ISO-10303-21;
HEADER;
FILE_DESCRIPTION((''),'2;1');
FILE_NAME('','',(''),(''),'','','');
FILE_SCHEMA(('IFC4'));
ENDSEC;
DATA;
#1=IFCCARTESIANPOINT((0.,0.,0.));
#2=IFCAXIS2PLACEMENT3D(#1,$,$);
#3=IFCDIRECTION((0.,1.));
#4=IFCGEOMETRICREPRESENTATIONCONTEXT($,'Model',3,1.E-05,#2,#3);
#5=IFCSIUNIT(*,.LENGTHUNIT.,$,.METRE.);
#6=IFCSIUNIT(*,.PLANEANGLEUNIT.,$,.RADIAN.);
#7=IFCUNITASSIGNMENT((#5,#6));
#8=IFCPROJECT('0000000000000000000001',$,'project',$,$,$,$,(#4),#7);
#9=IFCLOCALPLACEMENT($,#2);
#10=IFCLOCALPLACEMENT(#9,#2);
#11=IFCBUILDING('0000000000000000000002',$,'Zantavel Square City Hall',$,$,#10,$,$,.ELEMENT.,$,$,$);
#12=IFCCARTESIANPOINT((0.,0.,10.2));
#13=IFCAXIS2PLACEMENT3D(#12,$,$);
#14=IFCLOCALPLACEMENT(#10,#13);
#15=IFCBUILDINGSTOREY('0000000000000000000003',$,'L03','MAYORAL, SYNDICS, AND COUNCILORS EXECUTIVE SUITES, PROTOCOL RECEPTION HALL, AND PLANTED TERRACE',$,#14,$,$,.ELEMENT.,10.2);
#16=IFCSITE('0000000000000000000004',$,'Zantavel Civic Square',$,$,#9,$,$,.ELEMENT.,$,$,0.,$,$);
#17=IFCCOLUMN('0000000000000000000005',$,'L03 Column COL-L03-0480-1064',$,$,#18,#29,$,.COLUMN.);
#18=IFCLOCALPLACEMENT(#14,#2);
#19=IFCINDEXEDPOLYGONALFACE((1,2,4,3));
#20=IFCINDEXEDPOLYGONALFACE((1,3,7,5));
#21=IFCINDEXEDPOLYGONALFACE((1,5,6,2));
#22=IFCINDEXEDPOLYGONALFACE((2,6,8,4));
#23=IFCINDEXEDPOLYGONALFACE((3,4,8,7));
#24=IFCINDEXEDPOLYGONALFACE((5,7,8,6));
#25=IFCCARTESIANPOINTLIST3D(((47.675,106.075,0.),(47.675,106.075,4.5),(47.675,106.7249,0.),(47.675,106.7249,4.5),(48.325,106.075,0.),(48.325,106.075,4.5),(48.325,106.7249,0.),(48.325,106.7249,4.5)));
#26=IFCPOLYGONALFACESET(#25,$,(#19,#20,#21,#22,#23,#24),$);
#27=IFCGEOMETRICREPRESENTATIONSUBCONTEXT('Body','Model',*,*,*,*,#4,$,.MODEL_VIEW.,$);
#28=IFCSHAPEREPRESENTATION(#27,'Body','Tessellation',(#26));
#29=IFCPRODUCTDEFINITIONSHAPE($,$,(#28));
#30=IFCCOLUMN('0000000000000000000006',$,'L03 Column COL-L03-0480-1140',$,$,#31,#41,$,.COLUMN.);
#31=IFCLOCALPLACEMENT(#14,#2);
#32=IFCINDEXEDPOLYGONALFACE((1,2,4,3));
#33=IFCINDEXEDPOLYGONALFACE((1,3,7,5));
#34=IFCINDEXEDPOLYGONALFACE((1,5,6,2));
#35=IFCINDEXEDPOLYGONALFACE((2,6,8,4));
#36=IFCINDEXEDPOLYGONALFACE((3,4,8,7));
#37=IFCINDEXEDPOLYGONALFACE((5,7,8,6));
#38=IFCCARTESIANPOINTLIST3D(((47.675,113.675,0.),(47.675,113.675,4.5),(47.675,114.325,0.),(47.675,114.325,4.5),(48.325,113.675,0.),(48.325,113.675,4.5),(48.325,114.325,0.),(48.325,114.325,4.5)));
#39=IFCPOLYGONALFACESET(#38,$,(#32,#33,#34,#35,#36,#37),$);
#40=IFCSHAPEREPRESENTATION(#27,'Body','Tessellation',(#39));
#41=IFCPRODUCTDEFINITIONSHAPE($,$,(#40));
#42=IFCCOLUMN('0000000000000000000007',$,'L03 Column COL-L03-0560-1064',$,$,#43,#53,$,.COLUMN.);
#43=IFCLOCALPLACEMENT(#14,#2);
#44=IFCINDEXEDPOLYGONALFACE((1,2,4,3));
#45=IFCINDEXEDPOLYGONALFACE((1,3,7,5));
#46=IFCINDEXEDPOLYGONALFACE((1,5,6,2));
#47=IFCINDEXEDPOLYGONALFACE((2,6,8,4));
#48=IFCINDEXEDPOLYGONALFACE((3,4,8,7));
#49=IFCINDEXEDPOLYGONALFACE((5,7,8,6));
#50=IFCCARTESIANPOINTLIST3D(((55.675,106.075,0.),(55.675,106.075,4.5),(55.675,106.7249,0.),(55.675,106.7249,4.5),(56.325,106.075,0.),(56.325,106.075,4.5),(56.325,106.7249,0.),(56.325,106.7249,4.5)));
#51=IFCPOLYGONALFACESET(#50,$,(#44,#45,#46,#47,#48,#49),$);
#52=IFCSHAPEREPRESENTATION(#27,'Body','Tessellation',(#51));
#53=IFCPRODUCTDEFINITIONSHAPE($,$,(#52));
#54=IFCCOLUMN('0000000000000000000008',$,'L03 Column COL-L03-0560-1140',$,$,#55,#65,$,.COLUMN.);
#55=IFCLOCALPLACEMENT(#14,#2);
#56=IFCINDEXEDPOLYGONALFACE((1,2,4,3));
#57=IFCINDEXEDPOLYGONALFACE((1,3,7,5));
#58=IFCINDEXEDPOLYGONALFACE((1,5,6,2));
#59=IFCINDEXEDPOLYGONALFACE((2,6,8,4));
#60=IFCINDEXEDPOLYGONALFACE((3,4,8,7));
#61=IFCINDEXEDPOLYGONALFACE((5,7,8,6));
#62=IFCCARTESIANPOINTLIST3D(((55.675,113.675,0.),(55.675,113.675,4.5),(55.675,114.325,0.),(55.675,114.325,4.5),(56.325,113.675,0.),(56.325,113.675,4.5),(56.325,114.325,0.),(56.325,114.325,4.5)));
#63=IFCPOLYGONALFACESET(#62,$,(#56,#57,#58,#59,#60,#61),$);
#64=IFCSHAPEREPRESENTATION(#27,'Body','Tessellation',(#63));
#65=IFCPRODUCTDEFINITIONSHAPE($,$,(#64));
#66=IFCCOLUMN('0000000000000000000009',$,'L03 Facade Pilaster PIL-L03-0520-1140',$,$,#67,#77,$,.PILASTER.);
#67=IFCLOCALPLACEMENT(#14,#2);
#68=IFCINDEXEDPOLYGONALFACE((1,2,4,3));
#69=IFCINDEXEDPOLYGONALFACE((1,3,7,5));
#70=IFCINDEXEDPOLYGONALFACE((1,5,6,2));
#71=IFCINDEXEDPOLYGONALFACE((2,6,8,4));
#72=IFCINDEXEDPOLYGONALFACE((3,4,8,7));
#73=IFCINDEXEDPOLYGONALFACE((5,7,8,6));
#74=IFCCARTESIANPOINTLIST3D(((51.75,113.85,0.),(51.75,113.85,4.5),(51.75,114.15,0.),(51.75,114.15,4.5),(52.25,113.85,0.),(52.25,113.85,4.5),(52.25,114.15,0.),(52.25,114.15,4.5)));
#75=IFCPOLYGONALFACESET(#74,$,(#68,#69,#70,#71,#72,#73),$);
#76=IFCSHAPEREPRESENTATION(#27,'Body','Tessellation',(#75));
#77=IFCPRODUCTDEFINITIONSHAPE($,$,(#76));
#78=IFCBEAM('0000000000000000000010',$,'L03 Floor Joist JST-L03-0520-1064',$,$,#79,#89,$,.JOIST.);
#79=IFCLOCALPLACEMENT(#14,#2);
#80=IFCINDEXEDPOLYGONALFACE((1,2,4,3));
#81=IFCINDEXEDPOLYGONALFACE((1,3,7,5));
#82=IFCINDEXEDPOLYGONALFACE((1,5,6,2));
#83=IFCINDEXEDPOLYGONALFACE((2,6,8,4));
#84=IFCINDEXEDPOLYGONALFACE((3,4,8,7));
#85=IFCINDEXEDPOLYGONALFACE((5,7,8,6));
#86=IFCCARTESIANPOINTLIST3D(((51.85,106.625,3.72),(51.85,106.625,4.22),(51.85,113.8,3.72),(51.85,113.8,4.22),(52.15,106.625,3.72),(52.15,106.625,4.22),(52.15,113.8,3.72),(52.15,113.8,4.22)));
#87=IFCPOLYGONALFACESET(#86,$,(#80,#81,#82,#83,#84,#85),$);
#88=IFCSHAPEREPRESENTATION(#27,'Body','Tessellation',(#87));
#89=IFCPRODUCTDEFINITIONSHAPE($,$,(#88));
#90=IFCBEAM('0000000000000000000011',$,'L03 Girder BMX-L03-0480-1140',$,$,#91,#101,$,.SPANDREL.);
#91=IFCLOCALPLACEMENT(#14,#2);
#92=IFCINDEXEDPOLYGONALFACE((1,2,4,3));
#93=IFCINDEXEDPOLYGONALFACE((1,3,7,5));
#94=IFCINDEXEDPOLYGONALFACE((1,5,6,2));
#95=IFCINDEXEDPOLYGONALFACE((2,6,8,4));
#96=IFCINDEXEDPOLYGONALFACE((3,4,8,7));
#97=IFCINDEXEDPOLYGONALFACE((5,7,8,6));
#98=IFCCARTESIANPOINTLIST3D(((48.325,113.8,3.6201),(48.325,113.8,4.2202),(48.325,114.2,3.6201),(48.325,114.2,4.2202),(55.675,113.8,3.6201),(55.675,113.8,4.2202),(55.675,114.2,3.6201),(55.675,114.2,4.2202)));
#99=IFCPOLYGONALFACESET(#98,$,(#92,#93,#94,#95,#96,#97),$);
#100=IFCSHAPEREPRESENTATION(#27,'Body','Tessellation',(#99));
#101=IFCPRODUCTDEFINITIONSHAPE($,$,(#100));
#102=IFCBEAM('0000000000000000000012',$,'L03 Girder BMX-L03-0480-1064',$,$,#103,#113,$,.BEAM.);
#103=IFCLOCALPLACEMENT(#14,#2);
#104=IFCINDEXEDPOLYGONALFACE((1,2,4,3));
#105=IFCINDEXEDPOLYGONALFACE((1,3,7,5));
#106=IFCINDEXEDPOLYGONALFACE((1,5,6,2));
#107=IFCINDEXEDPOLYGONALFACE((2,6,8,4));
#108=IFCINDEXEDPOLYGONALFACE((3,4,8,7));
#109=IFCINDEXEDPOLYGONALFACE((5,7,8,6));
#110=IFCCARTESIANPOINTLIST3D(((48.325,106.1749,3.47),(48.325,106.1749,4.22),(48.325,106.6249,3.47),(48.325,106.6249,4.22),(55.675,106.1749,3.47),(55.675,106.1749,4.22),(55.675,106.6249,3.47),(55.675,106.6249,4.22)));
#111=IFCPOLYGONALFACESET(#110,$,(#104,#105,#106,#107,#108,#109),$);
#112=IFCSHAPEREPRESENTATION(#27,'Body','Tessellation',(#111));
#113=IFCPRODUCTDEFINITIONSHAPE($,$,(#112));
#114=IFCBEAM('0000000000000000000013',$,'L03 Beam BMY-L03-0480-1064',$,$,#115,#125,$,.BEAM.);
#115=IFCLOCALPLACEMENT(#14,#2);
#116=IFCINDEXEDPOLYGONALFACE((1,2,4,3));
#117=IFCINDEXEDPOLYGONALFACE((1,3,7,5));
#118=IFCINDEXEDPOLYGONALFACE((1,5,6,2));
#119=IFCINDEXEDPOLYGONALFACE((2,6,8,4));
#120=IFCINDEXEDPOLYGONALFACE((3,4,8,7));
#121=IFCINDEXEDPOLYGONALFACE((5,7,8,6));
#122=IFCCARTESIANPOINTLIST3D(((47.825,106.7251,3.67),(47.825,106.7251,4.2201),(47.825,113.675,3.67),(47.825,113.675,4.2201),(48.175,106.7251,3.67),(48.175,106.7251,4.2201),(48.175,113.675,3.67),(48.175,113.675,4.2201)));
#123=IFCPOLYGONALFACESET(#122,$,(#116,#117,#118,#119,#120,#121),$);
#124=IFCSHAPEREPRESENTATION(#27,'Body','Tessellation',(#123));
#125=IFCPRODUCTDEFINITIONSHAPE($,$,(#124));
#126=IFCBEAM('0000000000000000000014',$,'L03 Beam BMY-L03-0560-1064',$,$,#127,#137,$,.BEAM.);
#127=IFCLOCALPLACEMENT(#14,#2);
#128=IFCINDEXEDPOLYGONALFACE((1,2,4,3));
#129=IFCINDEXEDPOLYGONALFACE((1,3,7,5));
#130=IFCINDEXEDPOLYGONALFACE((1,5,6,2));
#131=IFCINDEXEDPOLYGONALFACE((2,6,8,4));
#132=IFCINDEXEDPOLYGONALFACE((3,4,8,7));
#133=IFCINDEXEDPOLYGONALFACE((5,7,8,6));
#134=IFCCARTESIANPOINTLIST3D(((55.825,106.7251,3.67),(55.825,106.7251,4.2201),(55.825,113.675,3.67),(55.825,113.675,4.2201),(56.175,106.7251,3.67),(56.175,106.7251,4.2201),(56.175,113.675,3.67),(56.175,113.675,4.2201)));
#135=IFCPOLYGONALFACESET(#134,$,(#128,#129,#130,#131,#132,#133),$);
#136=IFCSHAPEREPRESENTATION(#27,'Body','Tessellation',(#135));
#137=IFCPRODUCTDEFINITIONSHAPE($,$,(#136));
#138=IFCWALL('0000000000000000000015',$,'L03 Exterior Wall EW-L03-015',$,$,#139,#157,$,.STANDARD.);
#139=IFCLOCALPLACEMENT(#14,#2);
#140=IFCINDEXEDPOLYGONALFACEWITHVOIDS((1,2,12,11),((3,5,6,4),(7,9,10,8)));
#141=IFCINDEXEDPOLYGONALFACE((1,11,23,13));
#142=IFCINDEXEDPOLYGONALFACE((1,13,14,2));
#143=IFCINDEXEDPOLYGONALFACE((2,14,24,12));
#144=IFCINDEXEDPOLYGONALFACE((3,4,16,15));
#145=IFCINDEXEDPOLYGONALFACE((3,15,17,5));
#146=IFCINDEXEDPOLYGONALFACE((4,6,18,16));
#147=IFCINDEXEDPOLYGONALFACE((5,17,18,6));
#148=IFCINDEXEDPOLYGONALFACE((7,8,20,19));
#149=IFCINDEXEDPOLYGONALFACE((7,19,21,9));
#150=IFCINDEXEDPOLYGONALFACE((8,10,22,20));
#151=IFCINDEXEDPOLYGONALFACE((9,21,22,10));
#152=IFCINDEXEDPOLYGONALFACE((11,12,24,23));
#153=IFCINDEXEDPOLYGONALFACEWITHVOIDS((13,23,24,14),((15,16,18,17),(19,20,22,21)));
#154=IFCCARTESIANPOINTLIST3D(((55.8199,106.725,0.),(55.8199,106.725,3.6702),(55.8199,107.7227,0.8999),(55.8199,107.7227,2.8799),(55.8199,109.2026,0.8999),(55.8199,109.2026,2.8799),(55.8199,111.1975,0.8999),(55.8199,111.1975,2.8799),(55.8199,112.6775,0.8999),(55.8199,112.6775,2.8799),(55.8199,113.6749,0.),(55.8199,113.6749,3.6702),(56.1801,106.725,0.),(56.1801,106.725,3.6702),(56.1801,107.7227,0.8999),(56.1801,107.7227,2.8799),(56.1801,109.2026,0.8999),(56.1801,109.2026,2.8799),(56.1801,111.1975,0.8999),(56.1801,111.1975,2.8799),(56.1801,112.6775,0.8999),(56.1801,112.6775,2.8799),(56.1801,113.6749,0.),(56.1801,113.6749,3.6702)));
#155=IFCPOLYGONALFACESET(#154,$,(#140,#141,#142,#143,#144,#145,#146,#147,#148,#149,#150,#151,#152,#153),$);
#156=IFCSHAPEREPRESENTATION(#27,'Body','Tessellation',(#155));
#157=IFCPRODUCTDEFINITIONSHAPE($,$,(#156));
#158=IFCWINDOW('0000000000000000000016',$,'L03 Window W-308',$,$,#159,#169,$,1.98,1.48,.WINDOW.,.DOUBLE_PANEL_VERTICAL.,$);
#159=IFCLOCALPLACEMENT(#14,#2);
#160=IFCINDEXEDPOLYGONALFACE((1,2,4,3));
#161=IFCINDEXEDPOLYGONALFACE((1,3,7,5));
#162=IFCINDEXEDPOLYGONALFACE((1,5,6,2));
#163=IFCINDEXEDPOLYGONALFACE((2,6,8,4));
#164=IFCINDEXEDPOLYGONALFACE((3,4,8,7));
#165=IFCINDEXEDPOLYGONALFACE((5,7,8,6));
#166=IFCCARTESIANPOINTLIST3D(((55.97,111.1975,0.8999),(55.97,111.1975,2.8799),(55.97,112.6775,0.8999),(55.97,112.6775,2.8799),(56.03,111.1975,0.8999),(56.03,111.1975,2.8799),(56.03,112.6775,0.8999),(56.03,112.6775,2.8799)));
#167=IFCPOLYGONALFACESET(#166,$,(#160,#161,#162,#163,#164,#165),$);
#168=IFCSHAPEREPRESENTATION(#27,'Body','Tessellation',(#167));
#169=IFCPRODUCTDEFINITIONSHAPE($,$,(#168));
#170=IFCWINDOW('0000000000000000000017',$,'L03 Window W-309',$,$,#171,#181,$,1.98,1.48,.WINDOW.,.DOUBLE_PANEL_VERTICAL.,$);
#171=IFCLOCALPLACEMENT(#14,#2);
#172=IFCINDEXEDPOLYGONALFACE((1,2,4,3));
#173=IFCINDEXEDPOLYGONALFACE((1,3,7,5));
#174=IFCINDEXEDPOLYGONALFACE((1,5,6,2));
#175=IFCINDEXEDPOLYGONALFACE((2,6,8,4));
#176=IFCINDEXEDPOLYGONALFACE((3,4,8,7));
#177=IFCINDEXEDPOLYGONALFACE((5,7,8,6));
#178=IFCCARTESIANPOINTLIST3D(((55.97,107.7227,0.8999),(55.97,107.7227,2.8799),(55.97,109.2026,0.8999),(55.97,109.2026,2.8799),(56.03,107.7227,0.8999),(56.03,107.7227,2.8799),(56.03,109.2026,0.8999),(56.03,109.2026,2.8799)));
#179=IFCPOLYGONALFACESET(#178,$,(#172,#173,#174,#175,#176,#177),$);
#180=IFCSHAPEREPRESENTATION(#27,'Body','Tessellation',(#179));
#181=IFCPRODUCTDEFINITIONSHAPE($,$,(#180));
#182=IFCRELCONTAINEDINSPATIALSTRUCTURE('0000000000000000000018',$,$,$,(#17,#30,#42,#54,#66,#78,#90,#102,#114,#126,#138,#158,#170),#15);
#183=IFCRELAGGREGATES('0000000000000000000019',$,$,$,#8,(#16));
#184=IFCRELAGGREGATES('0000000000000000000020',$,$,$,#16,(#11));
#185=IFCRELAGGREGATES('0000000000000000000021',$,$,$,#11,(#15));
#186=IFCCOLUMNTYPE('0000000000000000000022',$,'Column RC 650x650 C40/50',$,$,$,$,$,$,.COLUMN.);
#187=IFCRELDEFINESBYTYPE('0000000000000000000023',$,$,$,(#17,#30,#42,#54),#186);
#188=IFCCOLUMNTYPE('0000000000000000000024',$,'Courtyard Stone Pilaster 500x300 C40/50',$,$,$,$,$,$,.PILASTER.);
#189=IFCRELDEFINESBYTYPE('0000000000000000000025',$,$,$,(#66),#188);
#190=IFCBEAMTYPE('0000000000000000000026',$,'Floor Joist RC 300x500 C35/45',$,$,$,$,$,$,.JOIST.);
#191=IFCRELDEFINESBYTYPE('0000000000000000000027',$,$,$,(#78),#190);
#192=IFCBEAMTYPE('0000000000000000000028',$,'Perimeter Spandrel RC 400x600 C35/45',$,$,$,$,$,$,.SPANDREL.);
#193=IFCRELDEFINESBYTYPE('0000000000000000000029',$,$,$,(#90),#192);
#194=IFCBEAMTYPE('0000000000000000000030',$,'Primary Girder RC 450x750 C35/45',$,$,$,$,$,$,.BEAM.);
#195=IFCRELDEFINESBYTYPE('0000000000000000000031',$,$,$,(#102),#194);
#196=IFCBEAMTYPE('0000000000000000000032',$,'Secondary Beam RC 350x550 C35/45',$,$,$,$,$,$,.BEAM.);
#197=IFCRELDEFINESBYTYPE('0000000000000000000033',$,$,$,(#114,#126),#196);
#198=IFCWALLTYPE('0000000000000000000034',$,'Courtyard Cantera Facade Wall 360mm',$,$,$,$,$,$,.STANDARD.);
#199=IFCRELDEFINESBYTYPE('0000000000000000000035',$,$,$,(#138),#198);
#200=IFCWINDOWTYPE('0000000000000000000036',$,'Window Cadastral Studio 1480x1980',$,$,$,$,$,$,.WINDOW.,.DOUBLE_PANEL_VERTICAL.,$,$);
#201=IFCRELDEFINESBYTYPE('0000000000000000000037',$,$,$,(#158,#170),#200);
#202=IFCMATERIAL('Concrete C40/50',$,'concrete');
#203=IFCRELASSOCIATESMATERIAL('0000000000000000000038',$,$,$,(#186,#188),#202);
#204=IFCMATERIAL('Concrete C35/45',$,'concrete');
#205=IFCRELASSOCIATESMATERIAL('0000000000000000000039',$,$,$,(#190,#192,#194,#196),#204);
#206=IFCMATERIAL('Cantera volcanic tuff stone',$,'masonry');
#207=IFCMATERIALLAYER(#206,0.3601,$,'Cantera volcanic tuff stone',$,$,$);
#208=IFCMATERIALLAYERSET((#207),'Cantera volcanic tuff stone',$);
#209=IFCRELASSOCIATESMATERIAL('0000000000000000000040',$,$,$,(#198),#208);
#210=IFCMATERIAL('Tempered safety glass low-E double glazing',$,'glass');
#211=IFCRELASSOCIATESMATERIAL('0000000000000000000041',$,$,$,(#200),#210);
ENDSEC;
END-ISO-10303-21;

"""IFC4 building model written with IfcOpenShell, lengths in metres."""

from ifc_helpers import new_model, si_unit, direction, frame, frame_2d, origin, origin_2d, place, context, subcontext, project, spatial, rectangle, extrude, material, layer, layer_set, material_profile, profile_set, type_object, element, fill, save


model = new_model("IFC4")

# Units and contexts
model_context = context("Model", 3, precision=1e-05, world=origin(), true_north=direction((0.0, 1.0)))
body_context = subcontext(model_context, "Body", "Model", "MODEL_VIEW")
ifc_project = project(units=[si_unit("LENGTHUNIT", "METRE"), si_unit("PLANEANGLEUNIT", "RADIAN")], contexts=[model_context])

# Site, building, storey
site_placement = place(None, origin())
site = spatial("IfcSite", under=ifc_project, at=site_placement, Name="Zantavel Civic Square", CompositionType="ELEMENT", RefElevation=0.0)
building_placement = place(site_placement, origin())
building = spatial("IfcBuilding", under=site, at=building_placement, Name="Zantavel Square City Hall", CompositionType="ELEMENT")
storey_placement = place(building_placement, frame((0.0, 0.0, 10.2)))
storey = spatial("IfcBuildingStorey", under=building, at=storey_placement, Name="L03", Description="MAYORAL, SYNDICS, AND COUNCILORS EXECUTIVE SUITES, PROTOCOL RECEPTION HALL, AND PLANTED TERRACE", CompositionType="ELEMENT", Elevation=10.2)

# Columns
ifc_material_1 = material(Name="Concrete C40/50", Category="concrete")
ifc_material_profile_1 = material_profile(ifc_material_1, rectangle(XDim=0.6499, YDim=0.6499, at=origin_2d()), Name="RC 650x650")
ifc_profile_set_1 = profile_set([ifc_material_profile_1], Name="Concrete C40/50")
column_type_1 = type_object("IfcColumnType", Name="Column RC 650x650 C40/50", PredefinedType="COLUMN", material=ifc_profile_set_1)
for number, where, z_axis, x_axis, name in (
    (1, (48.0, 106.3999, 0.0), (0.0, 0.0, 1.0), (1.0, 0.0, 0.0), "L03 Column COL-L03-0480-1064"),
    (2, (48.0, 114.0, 0.0), (0.0, 0.0, 1.0), (1.0, 0.0, 0.0), "L03 Column COL-L03-0480-1140"),
    (3, (56.0, 106.3999, 0.0), (0.0, 0.0, 1.0), (1.0, 0.0, 0.0), "L03 Column COL-L03-0560-1064"),
    (4, (56.0, 114.0, 0.0), (0.0, 0.0, 1.0), (1.0, 0.0, 0.0), "L03 Column COL-L03-0560-1140"),
):
    element("IfcColumn", number, at=place(storey_placement, frame(where, z_axis=z_axis, x_axis=x_axis)), inside=storey, type_object=column_type_1, Name=name, PredefinedType="COLUMN", context=body_context, shape_type="SweptSolid", body=[
        extrude(rectangle(XDim=0.6499, YDim=0.6499, at=origin_2d()), origin(), (0.0, 0.0, 1.0), 4.5),
    ])
ifc_material_profile_2 = material_profile(ifc_material_1, rectangle(XDim=0.5, YDim=0.3, at=origin_2d()), Name="RC 500x300")
ifc_profile_set_2 = profile_set([ifc_material_profile_2], Name="Concrete C40/50")
column_type_2 = type_object("IfcColumnType", Name="Courtyard Stone Pilaster 500x300 C40/50", PredefinedType="PILASTER", material=ifc_profile_set_2)
column_placement = place(storey_placement, frame((52.0, 114.0, 0.0), z_axis=(0.0, 0.0, 1.0), x_axis=(1.0, 0.0, 0.0)))
element("IfcColumn", 5, at=column_placement, inside=storey, type_object=column_type_2, Name="L03 Facade Pilaster PIL-L03-0520-1140", PredefinedType="PILASTER", context=body_context, shape_type="SweptSolid", body=[
    extrude(rectangle(XDim=0.5, YDim=0.3, at=origin_2d()), origin(), (0.0, 0.0, 1.0), 4.5),
])

# Beams
ifc_material_2 = material(Name="Concrete C35/45", Category="concrete")
ifc_material_profile_3 = material_profile(ifc_material_2, rectangle(XDim=0.3, YDim=0.5, at=origin_2d()), Name="RC 300x500")
ifc_profile_set_3 = profile_set([ifc_material_profile_3], Name="Concrete C35/45")
beam_type_1 = type_object("IfcBeamType", Name="Floor Joist RC 300x500 C35/45", PredefinedType="JOIST", material=ifc_profile_set_3)
beam_1_placement = place(storey_placement, frame((52.0, 106.625, 3.97), z_axis=(0.0, 1.0, 0.0), x_axis=(-1.0, 0.0, 0.0)))
element("IfcBeam", 6, at=beam_1_placement, inside=storey, type_object=beam_type_1, Name="L03 Floor Joist JST-L03-0520-1064", PredefinedType="JOIST", context=body_context, shape_type="SweptSolid", body=[
    extrude(rectangle(XDim=0.3, YDim=0.5, at=origin_2d()), origin(), (0.0, 0.0, 1.0), 7.175),
])
ifc_material_profile_4 = material_profile(ifc_material_2, rectangle(XDim=0.3999, YDim=0.6001, at=origin_2d()), Name="RC 400x600")
ifc_profile_set_4 = profile_set([ifc_material_profile_4], Name="Concrete C35/45")
beam_type_2 = type_object("IfcBeamType", Name="Perimeter Spandrel RC 400x600 C35/45", PredefinedType="SPANDREL", material=ifc_profile_set_4)
beam_2_placement = place(storey_placement, frame((48.325, 114.0, 3.9202), z_axis=(1.0, 0.0, 0.0), x_axis=(0.0, 1.0, 0.0)))
element("IfcBeam", 7, at=beam_2_placement, inside=storey, type_object=beam_type_2, Name="L03 Girder BMX-L03-0480-1140", PredefinedType="SPANDREL", context=body_context, shape_type="SweptSolid", body=[
    extrude(rectangle(XDim=0.3999, YDim=0.6001, at=origin_2d()), origin(), (0.0, 0.0, 1.0), 7.3501),
])
ifc_material_profile_5 = material_profile(ifc_material_2, rectangle(XDim=0.45, YDim=0.75, at=origin_2d()), Name="RC 450x750")
ifc_profile_set_5 = profile_set([ifc_material_profile_5], Name="Concrete C35/45")
beam_type_3 = type_object("IfcBeamType", Name="Primary Girder RC 450x750 C35/45", PredefinedType="BEAM", material=ifc_profile_set_5)
beam_3_placement = place(storey_placement, frame((48.325, 106.3999, 3.845), z_axis=(1.0, 0.0, 0.0), x_axis=(0.0, 1.0, 0.0)))
element("IfcBeam", 8, at=beam_3_placement, inside=storey, type_object=beam_type_3, Name="L03 Girder BMX-L03-0480-1064", PredefinedType="BEAM", context=body_context, shape_type="SweptSolid", body=[
    extrude(rectangle(XDim=0.45, YDim=0.75, at=origin_2d()), origin(), (0.0, 0.0, 1.0), 7.3501),
])
ifc_material_profile_6 = material_profile(ifc_material_2, rectangle(XDim=0.3501, YDim=0.55, at=origin_2d()), Name="RC 350x550")
ifc_profile_set_6 = profile_set([ifc_material_profile_6], Name="Concrete C35/45")
beam_type_4 = type_object("IfcBeamType", Name="Secondary Beam RC 350x550 C35/45", PredefinedType="BEAM", material=ifc_profile_set_6)
for number, where, z_axis, x_axis, name in (
    (9, (48.0, 106.7251, 3.9451), (0.0, 1.0, 0.0), (-1.0, 0.0, 0.0), "L03 Beam BMY-L03-0480-1064"),
    (10, (56.0, 106.7251, 3.9451), (0.0, 1.0, 0.0), (-1.0, 0.0, 0.0), "L03 Beam BMY-L03-0560-1064"),
):
    element("IfcBeam", number, at=place(storey_placement, frame(where, z_axis=z_axis, x_axis=x_axis)), inside=storey, type_object=beam_type_4, Name=name, PredefinedType="BEAM", context=body_context, shape_type="SweptSolid", body=[
        extrude(rectangle(XDim=0.3501, YDim=0.55, at=origin_2d()), origin(), (0.0, 0.0, 1.0), 6.95),
    ])

# Wall, openings, windows
ifc_material_3 = material(Name="Cantera volcanic tuff stone", Category="masonry")
ifc_layer_1 = layer(ifc_material_3, 0.3601, Name="Cantera volcanic tuff stone")
ifc_layer_set_1 = layer_set([ifc_layer_1], Name="Cantera volcanic tuff stone")
wall_type_1 = type_object("IfcWallType", Name="Courtyard Cantera Facade Wall 360mm", PredefinedType="STANDARD", material=ifc_layer_set_1)
wall_1_placement = place(storey_placement, frame((56.0, 113.675, 0.0), z_axis=(0.0, 0.0, 1.0), x_axis=(0.0, -1.0, 0.0)))
wall_1 = element("IfcWall", 11, at=wall_1_placement, inside=storey, type_object=wall_type_1, Name="L03 Exterior Wall EW-L03-015", PredefinedType="STANDARD", context=body_context, shape_type="SweptSolid", body=[
    extrude(rectangle(XDim=6.95, YDim=0.3601, at=frame_2d((3.4751, 0.0))), origin(), (0.0, 0.0, 1.0), 3.6702),
])
opening_1_placement = place(wall_1_placement, frame((0.9976, 0.0, 0.8999)))
opening_1 = element("IfcOpeningElement", 12, at=opening_1_placement, cuts=wall_1, PredefinedType="OPENING", context=body_context, shape_type="SweptSolid", body=[
    extrude(rectangle(XDim=1.48, YDim=1.98, at=frame_2d((0.74, 0.99))), frame((0.0, 0.1899, 0.0), z_axis=(0.0, -1.0, 0.0), x_axis=(1.0, 0.0, 0.0)), (0.0, 0.0, 1.0), 0.3801),
])
opening_2_placement = place(wall_1_placement, frame((4.4724, 0.0, 0.8999)))
opening_2 = element("IfcOpeningElement", 13, at=opening_2_placement, cuts=wall_1, PredefinedType="OPENING", context=body_context, shape_type="SweptSolid", body=[
    extrude(rectangle(XDim=1.48, YDim=1.98, at=frame_2d((0.74, 0.99))), frame((0.0, 0.1899, 0.0), z_axis=(0.0, -1.0, 0.0), x_axis=(1.0, 0.0, 0.0)), (0.0, 0.0, 1.0), 0.3801),
])
ifc_material_4 = material(Name="Tempered safety glass low-E double glazing", Category="glass")
window_type_1 = type_object("IfcWindowType", Name="Window Cadastral Studio 1480x1980", PartitioningType="DOUBLE_PANEL_VERTICAL", PredefinedType="WINDOW", material=ifc_material_4)
window_1_placement = place(opening_1_placement, origin())
window_1 = element("IfcWindow", 14, at=window_1_placement, inside=storey, type_object=window_type_1, Name="L03 Window W-308", OverallHeight=1.98, OverallWidth=1.48, PartitioningType="DOUBLE_PANEL_VERTICAL", PredefinedType="WINDOW", context=body_context, shape_type="SweptSolid", body=[
    extrude(rectangle(XDim=1.48, YDim=1.98, at=frame_2d((0.74, 0.99))), frame((0.0, 0.03, 0.0), z_axis=(0.0, -1.0, 0.0), x_axis=(1.0, 0.0, 0.0)), (0.0, 0.0, 1.0), 0.0601),
])
fill(opening_1, window_1)
window_2_placement = place(opening_2_placement, origin())
window_2 = element("IfcWindow", 15, at=window_2_placement, inside=storey, type_object=window_type_1, Name="L03 Window W-309", OverallHeight=1.98, OverallWidth=1.48, PartitioningType="DOUBLE_PANEL_VERTICAL", PredefinedType="WINDOW", context=body_context, shape_type="SweptSolid", body=[
    extrude(rectangle(XDim=1.48, YDim=1.98, at=frame_2d((0.74, 0.99))), frame((0.0, 0.03, 0.0), z_axis=(0.0, -1.0, 0.0), x_axis=(1.0, 0.0, 0.0)), (0.0, 0.0, 1.0), 0.0601),
])
fill(opening_2, window_2)

save(model, "model.ifc")
